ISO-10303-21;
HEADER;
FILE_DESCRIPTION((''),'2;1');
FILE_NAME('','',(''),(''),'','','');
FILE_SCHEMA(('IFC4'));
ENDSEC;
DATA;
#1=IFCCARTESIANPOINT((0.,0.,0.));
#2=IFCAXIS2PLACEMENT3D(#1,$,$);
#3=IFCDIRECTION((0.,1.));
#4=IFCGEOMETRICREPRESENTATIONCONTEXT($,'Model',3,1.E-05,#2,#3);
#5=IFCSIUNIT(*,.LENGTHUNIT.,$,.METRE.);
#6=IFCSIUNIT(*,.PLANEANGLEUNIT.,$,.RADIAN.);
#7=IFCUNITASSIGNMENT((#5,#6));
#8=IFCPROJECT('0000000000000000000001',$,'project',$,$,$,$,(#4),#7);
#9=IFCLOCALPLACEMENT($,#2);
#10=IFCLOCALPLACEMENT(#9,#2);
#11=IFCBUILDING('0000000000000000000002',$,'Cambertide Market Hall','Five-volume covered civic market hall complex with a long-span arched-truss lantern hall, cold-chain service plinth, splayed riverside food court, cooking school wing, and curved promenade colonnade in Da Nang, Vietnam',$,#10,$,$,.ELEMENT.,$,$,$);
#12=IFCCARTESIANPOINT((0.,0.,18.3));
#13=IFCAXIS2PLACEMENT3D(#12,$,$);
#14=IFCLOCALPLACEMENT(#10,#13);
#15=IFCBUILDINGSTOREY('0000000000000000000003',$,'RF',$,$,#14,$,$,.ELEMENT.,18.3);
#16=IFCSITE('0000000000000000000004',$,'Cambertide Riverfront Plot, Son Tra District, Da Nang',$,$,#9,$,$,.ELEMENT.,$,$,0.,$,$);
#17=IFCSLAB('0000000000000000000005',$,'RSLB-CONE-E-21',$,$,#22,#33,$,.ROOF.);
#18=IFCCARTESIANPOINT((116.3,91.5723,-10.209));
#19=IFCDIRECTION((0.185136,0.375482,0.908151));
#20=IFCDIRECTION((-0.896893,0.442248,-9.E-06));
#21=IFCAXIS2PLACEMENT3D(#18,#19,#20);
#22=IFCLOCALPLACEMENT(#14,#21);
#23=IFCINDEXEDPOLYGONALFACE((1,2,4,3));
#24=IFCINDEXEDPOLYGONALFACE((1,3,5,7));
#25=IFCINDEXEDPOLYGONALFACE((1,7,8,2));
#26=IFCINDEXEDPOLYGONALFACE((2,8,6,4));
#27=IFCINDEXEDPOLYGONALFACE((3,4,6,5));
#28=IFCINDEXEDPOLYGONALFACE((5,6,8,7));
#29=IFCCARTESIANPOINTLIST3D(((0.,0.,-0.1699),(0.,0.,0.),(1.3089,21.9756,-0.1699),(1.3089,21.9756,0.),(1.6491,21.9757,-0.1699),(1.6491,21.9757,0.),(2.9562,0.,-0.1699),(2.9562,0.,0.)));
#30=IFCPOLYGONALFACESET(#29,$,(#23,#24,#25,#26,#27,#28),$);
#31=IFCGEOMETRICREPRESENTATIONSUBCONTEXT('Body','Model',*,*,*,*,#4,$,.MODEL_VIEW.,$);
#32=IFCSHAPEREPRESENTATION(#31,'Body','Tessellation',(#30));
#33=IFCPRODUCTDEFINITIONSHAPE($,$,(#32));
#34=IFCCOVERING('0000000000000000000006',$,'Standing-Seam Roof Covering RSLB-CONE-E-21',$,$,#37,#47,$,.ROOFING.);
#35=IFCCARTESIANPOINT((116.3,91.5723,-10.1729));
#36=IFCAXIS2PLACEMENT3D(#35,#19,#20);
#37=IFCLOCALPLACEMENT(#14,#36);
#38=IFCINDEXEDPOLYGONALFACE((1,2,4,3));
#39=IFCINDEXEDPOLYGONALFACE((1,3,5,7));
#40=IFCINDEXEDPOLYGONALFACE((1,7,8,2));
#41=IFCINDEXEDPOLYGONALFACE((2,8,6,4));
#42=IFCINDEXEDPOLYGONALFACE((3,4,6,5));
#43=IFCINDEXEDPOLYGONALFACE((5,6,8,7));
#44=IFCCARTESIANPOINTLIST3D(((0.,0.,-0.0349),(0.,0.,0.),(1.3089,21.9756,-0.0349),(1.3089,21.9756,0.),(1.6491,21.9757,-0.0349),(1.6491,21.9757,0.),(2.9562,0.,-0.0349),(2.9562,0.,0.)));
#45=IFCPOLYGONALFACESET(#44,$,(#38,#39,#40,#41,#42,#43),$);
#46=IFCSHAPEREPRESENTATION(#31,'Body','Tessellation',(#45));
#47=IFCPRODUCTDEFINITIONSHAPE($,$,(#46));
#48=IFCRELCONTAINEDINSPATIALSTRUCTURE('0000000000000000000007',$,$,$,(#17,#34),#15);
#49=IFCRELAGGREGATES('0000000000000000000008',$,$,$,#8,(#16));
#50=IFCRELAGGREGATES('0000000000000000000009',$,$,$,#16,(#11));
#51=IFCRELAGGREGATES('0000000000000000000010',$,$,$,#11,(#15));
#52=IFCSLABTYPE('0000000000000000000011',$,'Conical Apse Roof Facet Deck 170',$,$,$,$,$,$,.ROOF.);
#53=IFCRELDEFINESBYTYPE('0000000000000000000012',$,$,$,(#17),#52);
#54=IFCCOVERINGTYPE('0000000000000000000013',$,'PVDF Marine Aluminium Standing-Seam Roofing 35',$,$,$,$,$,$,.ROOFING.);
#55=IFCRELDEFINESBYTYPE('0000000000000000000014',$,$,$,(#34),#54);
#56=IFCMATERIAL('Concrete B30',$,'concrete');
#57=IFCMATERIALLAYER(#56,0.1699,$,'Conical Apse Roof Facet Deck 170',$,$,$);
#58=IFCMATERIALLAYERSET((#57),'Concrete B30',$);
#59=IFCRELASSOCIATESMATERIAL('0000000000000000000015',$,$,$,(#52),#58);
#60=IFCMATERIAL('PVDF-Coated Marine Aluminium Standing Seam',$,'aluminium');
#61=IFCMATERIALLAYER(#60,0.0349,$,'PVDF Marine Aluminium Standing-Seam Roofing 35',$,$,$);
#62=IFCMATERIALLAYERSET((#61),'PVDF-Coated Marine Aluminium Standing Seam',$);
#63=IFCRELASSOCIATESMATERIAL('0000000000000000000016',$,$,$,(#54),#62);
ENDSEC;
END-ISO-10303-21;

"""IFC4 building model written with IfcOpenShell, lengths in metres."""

from ifc_helpers import new_model, si_unit, direction, frame, origin, place, context, subcontext, project, spatial, polyline, outline, extrude, material, layer, layer_set, type_object, element, save


model = new_model("IFC4")

# Units and contexts
model_context = context("Model", 3, precision=1e-05, world=origin(), true_north=direction((0.0, 1.0)))
body_context = subcontext(model_context, "Body", "Model", "MODEL_VIEW")
ifc_project = project(units=[si_unit("LENGTHUNIT", "METRE"), si_unit("PLANEANGLEUNIT", "RADIAN")], contexts=[model_context])

# Site, building, storey
site_placement = place(None, origin())
site = spatial("IfcSite", under=ifc_project, at=site_placement, Name="Cambertide Riverfront Plot, Son Tra District, Da Nang", CompositionType="ELEMENT", RefElevation=0.0)
building_placement = place(site_placement, origin())
building = spatial("IfcBuilding", under=site, at=building_placement, Name="Cambertide Market Hall", Description="Five-volume covered civic market hall complex with a long-span arched-truss lantern hall, cold-chain service plinth, splayed riverside food court, cooking school wing, and curved promenade colonnade in Da Nang, Vietnam", CompositionType="ELEMENT")
storey_placement = place(building_placement, frame((0.0, 0.0, 18.3)))
storey = spatial("IfcBuildingStorey", under=building, at=storey_placement, Name="RF", CompositionType="ELEMENT", Elevation=18.3)

# Slab
ifc_material_1 = material(Name="Concrete B30", Category="concrete")
ifc_layer_1 = layer(ifc_material_1, 0.1699, Name="Conical Apse Roof Facet Deck 170")
ifc_layer_set_1 = layer_set([ifc_layer_1], Name="Concrete B30")
slab_type = type_object("IfcSlabType", Name="Conical Apse Roof Facet Deck 170", PredefinedType="ROOF", material=ifc_layer_set_1)
slab_placement = place(storey_placement, frame((116.3, 91.5723, -10.209), z_axis=(0.185136, 0.375482, 0.908151), x_axis=(-0.896893, 0.442248, -0.000009)))
element("IfcSlab", 1, at=slab_placement, inside=storey, type_object=slab_type, Name="RSLB-CONE-E-21", PredefinedType="ROOF", context=body_context, shape_type="SweptSolid", body=[
    extrude(outline(polyline([(0.0, 0.0), (2.9562, 0.0), (1.6491, 21.9757), (1.3089, 21.9756), (0.0, 0.0)])), origin(), (0.0, 0.0, -1.0), 0.1699),
])

# Covering
ifc_material_2 = material(Name="PVDF-Coated Marine Aluminium Standing Seam", Category="aluminium")
ifc_layer_2 = layer(ifc_material_2, 0.0349, Name="PVDF Marine Aluminium Standing-Seam Roofing 35")
ifc_layer_set_2 = layer_set([ifc_layer_2], Name="PVDF-Coated Marine Aluminium Standing Seam")
covering_type = type_object("IfcCoveringType", Name="PVDF Marine Aluminium Standing-Seam Roofing 35", PredefinedType="ROOFING", material=ifc_layer_set_2)
covering_placement = place(storey_placement, frame((116.3, 91.5723, -10.1729), z_axis=(0.185136, 0.375482, 0.908151), x_axis=(-0.896893, 0.442248, -0.000009)))
element("IfcCovering", 2, at=covering_placement, inside=storey, type_object=covering_type, Name="Standing-Seam Roof Covering RSLB-CONE-E-21", PredefinedType="ROOFING", context=body_context, shape_type="SweptSolid", body=[
    extrude(outline(polyline([(0.0, 0.0), (2.9562, 0.0), (1.6491, 21.9757), (1.3089, 21.9756), (0.0, 0.0)])), origin(), (0.0, 0.0, -1.0), 0.0349),
])

save(model, "model.ifc")
